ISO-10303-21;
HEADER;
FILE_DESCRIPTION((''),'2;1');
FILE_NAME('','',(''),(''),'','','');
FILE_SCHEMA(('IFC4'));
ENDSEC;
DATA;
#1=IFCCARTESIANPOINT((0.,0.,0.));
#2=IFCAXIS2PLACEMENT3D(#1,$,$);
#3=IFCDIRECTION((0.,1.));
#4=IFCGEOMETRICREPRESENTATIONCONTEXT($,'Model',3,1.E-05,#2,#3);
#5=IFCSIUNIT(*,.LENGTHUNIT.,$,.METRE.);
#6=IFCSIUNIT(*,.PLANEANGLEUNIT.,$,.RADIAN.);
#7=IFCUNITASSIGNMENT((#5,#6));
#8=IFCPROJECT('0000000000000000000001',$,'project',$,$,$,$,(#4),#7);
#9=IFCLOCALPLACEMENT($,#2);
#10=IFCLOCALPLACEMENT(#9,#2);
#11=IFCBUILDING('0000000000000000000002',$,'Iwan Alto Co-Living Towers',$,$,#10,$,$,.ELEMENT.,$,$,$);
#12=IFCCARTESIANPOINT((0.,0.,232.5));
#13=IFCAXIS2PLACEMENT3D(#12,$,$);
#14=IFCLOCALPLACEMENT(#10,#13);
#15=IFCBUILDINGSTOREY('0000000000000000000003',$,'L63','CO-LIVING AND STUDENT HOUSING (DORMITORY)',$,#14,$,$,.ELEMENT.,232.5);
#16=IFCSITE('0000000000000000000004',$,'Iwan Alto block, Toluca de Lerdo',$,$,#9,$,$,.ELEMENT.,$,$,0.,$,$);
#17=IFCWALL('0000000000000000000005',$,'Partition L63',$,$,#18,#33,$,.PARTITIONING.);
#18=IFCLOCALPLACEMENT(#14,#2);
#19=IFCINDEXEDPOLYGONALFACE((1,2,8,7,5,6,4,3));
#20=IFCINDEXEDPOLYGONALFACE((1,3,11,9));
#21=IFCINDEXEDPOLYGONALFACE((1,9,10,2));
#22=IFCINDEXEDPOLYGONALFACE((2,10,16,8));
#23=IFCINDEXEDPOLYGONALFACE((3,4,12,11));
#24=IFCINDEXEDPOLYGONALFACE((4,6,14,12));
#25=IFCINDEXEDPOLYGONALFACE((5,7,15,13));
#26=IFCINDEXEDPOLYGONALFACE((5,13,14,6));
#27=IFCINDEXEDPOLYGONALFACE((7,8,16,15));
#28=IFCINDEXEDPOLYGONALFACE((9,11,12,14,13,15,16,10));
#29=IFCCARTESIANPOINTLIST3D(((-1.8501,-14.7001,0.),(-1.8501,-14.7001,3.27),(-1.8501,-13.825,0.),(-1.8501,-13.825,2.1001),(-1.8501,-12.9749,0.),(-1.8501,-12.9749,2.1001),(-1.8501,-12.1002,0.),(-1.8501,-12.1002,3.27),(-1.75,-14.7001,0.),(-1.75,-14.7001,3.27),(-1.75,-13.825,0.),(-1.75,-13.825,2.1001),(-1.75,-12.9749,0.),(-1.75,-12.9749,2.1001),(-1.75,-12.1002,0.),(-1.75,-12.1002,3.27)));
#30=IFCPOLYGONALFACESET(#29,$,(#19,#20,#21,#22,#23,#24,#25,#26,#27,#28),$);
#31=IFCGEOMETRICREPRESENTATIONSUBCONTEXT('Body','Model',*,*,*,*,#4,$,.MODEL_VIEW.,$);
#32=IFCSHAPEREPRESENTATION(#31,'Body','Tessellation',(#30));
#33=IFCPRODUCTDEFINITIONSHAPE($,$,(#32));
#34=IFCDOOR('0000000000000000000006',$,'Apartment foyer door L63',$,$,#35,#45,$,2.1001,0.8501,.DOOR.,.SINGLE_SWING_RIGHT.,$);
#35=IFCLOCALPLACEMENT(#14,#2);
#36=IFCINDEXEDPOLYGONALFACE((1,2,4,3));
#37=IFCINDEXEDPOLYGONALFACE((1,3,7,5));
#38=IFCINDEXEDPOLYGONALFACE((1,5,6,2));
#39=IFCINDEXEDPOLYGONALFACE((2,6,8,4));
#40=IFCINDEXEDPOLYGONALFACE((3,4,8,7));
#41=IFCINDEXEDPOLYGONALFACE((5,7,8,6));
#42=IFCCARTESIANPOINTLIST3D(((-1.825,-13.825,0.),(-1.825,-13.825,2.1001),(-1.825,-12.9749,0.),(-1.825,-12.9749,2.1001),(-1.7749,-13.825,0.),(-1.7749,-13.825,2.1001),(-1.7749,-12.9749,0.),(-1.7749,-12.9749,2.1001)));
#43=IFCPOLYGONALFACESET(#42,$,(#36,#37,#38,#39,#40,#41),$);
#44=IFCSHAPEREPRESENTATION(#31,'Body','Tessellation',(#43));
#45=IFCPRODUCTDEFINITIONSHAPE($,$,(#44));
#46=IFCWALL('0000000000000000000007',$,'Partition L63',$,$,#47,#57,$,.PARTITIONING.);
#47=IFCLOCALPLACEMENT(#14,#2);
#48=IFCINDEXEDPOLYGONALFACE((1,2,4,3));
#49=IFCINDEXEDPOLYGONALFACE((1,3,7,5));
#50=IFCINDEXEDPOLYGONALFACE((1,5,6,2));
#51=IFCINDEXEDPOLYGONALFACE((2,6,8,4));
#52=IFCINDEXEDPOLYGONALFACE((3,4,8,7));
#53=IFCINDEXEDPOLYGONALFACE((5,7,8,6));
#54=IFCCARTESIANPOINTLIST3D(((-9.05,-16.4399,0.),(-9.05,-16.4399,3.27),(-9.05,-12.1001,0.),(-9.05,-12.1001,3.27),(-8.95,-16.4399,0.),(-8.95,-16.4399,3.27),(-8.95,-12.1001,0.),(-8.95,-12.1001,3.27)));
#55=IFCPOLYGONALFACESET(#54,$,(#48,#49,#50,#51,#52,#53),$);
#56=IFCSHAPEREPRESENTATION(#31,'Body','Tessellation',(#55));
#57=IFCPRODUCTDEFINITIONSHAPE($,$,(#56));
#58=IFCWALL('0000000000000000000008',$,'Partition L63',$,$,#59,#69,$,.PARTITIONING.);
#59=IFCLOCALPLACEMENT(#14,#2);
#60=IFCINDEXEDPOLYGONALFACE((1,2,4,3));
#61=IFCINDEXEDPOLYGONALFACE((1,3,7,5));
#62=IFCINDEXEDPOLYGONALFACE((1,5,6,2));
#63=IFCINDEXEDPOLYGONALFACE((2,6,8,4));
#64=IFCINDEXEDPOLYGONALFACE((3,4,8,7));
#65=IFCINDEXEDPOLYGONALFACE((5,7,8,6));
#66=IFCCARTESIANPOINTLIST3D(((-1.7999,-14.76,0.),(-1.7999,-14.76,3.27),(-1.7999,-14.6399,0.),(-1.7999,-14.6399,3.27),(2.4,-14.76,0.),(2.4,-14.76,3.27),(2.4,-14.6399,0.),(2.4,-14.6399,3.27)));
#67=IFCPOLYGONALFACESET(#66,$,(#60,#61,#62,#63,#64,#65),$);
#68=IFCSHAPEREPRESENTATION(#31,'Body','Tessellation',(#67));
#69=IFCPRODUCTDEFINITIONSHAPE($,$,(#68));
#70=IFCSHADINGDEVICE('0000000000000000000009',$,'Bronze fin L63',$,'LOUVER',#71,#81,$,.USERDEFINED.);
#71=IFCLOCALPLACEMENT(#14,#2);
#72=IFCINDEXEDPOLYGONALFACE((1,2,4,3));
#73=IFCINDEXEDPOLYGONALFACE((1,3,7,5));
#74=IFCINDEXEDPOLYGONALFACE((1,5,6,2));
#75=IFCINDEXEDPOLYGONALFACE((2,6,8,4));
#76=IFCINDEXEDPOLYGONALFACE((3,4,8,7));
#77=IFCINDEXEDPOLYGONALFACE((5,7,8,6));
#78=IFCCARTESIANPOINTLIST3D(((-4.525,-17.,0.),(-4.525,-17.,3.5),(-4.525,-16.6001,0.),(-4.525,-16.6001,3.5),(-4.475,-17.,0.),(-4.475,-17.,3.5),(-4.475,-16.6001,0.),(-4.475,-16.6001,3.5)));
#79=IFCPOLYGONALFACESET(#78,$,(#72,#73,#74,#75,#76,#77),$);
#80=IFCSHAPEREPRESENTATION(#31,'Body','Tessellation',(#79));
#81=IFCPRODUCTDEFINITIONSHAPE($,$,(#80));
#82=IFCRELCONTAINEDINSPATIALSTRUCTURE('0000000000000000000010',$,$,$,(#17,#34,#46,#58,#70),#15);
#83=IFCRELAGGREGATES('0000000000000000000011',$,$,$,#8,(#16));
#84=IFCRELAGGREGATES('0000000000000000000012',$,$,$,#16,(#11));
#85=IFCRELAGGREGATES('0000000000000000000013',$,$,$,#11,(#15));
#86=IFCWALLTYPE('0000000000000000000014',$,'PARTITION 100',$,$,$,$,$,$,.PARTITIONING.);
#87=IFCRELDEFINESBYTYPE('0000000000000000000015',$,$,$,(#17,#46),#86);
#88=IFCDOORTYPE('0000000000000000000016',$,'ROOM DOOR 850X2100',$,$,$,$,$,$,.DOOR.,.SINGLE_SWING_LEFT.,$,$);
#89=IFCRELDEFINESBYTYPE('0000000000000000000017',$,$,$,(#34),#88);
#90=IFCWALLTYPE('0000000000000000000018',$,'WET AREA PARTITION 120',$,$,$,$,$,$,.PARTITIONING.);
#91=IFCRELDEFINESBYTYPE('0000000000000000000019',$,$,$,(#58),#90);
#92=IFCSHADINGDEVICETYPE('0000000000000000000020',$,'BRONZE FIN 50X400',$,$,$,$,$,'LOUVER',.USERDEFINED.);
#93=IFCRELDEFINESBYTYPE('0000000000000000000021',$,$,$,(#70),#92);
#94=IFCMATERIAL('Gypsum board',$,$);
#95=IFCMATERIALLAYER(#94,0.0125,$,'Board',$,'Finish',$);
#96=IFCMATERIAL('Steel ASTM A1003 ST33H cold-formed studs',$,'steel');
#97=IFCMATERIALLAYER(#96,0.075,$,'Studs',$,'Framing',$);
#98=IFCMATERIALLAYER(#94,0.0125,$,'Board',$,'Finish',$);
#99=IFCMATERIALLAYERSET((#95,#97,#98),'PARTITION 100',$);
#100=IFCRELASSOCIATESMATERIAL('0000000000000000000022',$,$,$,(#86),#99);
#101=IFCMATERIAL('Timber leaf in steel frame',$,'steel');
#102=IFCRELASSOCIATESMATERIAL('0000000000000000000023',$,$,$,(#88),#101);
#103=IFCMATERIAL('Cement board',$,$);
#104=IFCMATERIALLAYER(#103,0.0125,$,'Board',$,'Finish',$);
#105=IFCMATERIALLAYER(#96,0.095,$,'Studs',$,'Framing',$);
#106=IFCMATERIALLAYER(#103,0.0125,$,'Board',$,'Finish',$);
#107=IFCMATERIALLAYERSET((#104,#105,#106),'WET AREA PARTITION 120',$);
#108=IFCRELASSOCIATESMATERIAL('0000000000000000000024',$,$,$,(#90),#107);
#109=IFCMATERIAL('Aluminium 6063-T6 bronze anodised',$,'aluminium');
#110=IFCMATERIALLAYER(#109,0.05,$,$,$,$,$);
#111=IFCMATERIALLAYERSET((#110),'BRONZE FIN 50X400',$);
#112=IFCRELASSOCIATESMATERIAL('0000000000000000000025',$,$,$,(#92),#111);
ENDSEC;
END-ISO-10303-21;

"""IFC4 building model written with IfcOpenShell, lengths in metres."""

from ifc_helpers import new_model, si_unit, direction, frame, frame_2d, origin, origin_2d, place, context, subcontext, project, spatial, rectangle, extrude, material, layer, layer_set, type_object, element, fill, save


model = new_model("IFC4")

# Units and contexts
model_context = context("Model", 3, precision=1e-05, world=origin(), true_north=direction((0.0, 1.0)))
body_context = subcontext(model_context, "Body", "Model", "MODEL_VIEW")
ifc_project = project(units=[si_unit("LENGTHUNIT", "METRE"), si_unit("PLANEANGLEUNIT", "RADIAN")], contexts=[model_context])

# Site, building, storey
site_placement = place(None, origin())
site = spatial("IfcSite", under=ifc_project, at=site_placement, Name="Iwan Alto block, Toluca de Lerdo", CompositionType="ELEMENT", RefElevation=0.0)
building_placement = place(site_placement, origin())
building = spatial("IfcBuilding", under=site, at=building_placement, Name="Iwan Alto Co-Living Towers", CompositionType="ELEMENT")
storey_placement = place(building_placement, frame((0.0, 0.0, 232.5)))
storey = spatial("IfcBuildingStorey", under=building, at=storey_placement, Name="L63", Description="CO-LIVING AND STUDENT HOUSING (DORMITORY)", CompositionType="ELEMENT", Elevation=232.5)

# Wall, opening, door
ifc_material_1 = material(Name="Gypsum board")
ifc_layer_1 = layer(ifc_material_1, 0.0125, Name="Board", Category="Finish")
ifc_material_2 = material(Name="Steel ASTM A1003 ST33H cold-formed studs", Category="steel")
ifc_layer_2 = layer(ifc_material_2, 0.075, Name="Studs", Category="Framing")
ifc_layer_3 = layer(ifc_material_1, 0.0125, Name="Board", Category="Finish")
ifc_layer_set_1 = layer_set([ifc_layer_1, ifc_layer_2, ifc_layer_3], Name="PARTITION 100")
wall_type_1 = type_object("IfcWallType", Name="PARTITION 100", PredefinedType="PARTITIONING", material=ifc_layer_set_1)
wall_1_placement = place(storey_placement, frame((-1.8, -14.7, 0.0), z_axis=(0.0, 0.0, 1.0), x_axis=(0.0, 1.0, 0.0)))
wall_1 = element("IfcWall", 1, at=wall_1_placement, inside=storey, type_object=wall_type_1, Name="Partition L63", PredefinedType="PARTITIONING", context=body_context, shape_type="SweptSolid", body=[
    extrude(rectangle(XDim=2.5999, YDim=0.1001, at=frame_2d((1.2998, 0.0))), origin(), (0.0, 0.0, 1.0), 3.27),
])
opening_placement = place(wall_1_placement, frame((0.875, 0.0, 0.0)))
opening = element("IfcOpeningElement", 2, at=opening_placement, cuts=wall_1, PredefinedType="OPENING", context=body_context, shape_type="SweptSolid", body=[
    extrude(rectangle(XDim=0.8501, YDim=2.1001, at=frame_2d((0.425, 1.05))), frame((0.0, 0.0601, 0.0), z_axis=(0.0, -1.0, 0.0), x_axis=(1.0, 0.0, 0.0)), (0.0, 0.0, 1.0), 0.1201),
])
ifc_material_3 = material(Name="Timber leaf in steel frame", Category="steel")
door_type = type_object("IfcDoorType", Name="ROOM DOOR 850X2100", OperationType="SINGLE_SWING_LEFT", PredefinedType="DOOR", material=ifc_material_3)
door_placement = place(opening_placement, origin())
door = element("IfcDoor", 3, at=door_placement, inside=storey, type_object=door_type, Name="Apartment foyer door L63", OperationType="SINGLE_SWING_RIGHT", OverallHeight=2.1001, OverallWidth=0.8501, PredefinedType="DOOR", context=body_context, shape_type="SweptSolid", body=[
    extrude(rectangle(XDim=0.8501, YDim=2.1001, at=frame_2d((0.425, 1.05))), frame((0.0, 0.0249, 0.0), z_axis=(0.0, -1.0, 0.0), x_axis=(1.0, 0.0, 0.0)), (0.0, 0.0, 1.0), 0.05),
])
fill(opening, door)

# Walls
wall_2_placement = place(storey_placement, frame((-9.0, -16.4399, 0.0), z_axis=(0.0, 0.0, 1.0), x_axis=(0.0, 1.0, 0.0)))
element("IfcWall", 4, at=wall_2_placement, inside=storey, type_object=wall_type_1, Name="Partition L63", PredefinedType="PARTITIONING", context=body_context, shape_type="SweptSolid", body=[
    extrude(rectangle(XDim=4.3398, YDim=0.1001, at=frame_2d((2.1699, 0.0))), origin(), (0.0, 0.0, 1.0), 3.27),
])
ifc_material_4 = material(Name="Cement board")
ifc_layer_4 = layer(ifc_material_4, 0.0125, Name="Board", Category="Finish")
ifc_layer_5 = layer(ifc_material_2, 0.095, Name="Studs", Category="Framing")
ifc_layer_6 = layer(ifc_material_4, 0.0125, Name="Board", Category="Finish")
ifc_layer_set_2 = layer_set([ifc_layer_4, ifc_layer_5, ifc_layer_6], Name="WET AREA PARTITION 120")
wall_type_2 = type_object("IfcWallType", Name="WET AREA PARTITION 120", PredefinedType="PARTITIONING", material=ifc_layer_set_2)
wall_3_placement = place(storey_placement, frame((-1.8, -14.7, 0.0), z_axis=(0.0, 0.0, 1.0), x_axis=(1.0, 0.0, 0.0)))
element("IfcWall", 5, at=wall_3_placement, inside=storey, type_object=wall_type_2, Name="Partition L63", PredefinedType="PARTITIONING", context=body_context, shape_type="SweptSolid", body=[
    extrude(rectangle(XDim=4.2, YDim=0.1201, at=frame_2d((2.1001, 0.0))), origin(), (0.0, 0.0, 1.0), 3.27),
])

# Shading device
ifc_material_5 = material(Name="Aluminium 6063-T6 bronze anodised", Category="aluminium")
ifc_layer_7 = layer(ifc_material_5, 0.05)
ifc_layer_set_3 = layer_set([ifc_layer_7], Name="BRONZE FIN 50X400")
shading_device_type = type_object("IfcShadingDeviceType", Name="BRONZE FIN 50X400", ElementType="LOUVER", PredefinedType="USERDEFINED", material=ifc_layer_set_3)
shading_device_placement = place(storey_placement, frame((-4.5, -16.8, 0.0), z_axis=(0.0, 0.0, 1.0), x_axis=(1.0, 0.0, 0.0)))
element("IfcShadingDevice", 6, at=shading_device_placement, inside=storey, type_object=shading_device_type, Name="Bronze fin L63", ObjectType="LOUVER", PredefinedType="USERDEFINED", context=body_context, shape_type="SweptSolid", body=[
    extrude(rectangle(XDim=0.05, YDim=0.3999, at=origin_2d()), origin(), (0.0, 0.0, 1.0), 3.5),
])

save(model, "model.ifc")
